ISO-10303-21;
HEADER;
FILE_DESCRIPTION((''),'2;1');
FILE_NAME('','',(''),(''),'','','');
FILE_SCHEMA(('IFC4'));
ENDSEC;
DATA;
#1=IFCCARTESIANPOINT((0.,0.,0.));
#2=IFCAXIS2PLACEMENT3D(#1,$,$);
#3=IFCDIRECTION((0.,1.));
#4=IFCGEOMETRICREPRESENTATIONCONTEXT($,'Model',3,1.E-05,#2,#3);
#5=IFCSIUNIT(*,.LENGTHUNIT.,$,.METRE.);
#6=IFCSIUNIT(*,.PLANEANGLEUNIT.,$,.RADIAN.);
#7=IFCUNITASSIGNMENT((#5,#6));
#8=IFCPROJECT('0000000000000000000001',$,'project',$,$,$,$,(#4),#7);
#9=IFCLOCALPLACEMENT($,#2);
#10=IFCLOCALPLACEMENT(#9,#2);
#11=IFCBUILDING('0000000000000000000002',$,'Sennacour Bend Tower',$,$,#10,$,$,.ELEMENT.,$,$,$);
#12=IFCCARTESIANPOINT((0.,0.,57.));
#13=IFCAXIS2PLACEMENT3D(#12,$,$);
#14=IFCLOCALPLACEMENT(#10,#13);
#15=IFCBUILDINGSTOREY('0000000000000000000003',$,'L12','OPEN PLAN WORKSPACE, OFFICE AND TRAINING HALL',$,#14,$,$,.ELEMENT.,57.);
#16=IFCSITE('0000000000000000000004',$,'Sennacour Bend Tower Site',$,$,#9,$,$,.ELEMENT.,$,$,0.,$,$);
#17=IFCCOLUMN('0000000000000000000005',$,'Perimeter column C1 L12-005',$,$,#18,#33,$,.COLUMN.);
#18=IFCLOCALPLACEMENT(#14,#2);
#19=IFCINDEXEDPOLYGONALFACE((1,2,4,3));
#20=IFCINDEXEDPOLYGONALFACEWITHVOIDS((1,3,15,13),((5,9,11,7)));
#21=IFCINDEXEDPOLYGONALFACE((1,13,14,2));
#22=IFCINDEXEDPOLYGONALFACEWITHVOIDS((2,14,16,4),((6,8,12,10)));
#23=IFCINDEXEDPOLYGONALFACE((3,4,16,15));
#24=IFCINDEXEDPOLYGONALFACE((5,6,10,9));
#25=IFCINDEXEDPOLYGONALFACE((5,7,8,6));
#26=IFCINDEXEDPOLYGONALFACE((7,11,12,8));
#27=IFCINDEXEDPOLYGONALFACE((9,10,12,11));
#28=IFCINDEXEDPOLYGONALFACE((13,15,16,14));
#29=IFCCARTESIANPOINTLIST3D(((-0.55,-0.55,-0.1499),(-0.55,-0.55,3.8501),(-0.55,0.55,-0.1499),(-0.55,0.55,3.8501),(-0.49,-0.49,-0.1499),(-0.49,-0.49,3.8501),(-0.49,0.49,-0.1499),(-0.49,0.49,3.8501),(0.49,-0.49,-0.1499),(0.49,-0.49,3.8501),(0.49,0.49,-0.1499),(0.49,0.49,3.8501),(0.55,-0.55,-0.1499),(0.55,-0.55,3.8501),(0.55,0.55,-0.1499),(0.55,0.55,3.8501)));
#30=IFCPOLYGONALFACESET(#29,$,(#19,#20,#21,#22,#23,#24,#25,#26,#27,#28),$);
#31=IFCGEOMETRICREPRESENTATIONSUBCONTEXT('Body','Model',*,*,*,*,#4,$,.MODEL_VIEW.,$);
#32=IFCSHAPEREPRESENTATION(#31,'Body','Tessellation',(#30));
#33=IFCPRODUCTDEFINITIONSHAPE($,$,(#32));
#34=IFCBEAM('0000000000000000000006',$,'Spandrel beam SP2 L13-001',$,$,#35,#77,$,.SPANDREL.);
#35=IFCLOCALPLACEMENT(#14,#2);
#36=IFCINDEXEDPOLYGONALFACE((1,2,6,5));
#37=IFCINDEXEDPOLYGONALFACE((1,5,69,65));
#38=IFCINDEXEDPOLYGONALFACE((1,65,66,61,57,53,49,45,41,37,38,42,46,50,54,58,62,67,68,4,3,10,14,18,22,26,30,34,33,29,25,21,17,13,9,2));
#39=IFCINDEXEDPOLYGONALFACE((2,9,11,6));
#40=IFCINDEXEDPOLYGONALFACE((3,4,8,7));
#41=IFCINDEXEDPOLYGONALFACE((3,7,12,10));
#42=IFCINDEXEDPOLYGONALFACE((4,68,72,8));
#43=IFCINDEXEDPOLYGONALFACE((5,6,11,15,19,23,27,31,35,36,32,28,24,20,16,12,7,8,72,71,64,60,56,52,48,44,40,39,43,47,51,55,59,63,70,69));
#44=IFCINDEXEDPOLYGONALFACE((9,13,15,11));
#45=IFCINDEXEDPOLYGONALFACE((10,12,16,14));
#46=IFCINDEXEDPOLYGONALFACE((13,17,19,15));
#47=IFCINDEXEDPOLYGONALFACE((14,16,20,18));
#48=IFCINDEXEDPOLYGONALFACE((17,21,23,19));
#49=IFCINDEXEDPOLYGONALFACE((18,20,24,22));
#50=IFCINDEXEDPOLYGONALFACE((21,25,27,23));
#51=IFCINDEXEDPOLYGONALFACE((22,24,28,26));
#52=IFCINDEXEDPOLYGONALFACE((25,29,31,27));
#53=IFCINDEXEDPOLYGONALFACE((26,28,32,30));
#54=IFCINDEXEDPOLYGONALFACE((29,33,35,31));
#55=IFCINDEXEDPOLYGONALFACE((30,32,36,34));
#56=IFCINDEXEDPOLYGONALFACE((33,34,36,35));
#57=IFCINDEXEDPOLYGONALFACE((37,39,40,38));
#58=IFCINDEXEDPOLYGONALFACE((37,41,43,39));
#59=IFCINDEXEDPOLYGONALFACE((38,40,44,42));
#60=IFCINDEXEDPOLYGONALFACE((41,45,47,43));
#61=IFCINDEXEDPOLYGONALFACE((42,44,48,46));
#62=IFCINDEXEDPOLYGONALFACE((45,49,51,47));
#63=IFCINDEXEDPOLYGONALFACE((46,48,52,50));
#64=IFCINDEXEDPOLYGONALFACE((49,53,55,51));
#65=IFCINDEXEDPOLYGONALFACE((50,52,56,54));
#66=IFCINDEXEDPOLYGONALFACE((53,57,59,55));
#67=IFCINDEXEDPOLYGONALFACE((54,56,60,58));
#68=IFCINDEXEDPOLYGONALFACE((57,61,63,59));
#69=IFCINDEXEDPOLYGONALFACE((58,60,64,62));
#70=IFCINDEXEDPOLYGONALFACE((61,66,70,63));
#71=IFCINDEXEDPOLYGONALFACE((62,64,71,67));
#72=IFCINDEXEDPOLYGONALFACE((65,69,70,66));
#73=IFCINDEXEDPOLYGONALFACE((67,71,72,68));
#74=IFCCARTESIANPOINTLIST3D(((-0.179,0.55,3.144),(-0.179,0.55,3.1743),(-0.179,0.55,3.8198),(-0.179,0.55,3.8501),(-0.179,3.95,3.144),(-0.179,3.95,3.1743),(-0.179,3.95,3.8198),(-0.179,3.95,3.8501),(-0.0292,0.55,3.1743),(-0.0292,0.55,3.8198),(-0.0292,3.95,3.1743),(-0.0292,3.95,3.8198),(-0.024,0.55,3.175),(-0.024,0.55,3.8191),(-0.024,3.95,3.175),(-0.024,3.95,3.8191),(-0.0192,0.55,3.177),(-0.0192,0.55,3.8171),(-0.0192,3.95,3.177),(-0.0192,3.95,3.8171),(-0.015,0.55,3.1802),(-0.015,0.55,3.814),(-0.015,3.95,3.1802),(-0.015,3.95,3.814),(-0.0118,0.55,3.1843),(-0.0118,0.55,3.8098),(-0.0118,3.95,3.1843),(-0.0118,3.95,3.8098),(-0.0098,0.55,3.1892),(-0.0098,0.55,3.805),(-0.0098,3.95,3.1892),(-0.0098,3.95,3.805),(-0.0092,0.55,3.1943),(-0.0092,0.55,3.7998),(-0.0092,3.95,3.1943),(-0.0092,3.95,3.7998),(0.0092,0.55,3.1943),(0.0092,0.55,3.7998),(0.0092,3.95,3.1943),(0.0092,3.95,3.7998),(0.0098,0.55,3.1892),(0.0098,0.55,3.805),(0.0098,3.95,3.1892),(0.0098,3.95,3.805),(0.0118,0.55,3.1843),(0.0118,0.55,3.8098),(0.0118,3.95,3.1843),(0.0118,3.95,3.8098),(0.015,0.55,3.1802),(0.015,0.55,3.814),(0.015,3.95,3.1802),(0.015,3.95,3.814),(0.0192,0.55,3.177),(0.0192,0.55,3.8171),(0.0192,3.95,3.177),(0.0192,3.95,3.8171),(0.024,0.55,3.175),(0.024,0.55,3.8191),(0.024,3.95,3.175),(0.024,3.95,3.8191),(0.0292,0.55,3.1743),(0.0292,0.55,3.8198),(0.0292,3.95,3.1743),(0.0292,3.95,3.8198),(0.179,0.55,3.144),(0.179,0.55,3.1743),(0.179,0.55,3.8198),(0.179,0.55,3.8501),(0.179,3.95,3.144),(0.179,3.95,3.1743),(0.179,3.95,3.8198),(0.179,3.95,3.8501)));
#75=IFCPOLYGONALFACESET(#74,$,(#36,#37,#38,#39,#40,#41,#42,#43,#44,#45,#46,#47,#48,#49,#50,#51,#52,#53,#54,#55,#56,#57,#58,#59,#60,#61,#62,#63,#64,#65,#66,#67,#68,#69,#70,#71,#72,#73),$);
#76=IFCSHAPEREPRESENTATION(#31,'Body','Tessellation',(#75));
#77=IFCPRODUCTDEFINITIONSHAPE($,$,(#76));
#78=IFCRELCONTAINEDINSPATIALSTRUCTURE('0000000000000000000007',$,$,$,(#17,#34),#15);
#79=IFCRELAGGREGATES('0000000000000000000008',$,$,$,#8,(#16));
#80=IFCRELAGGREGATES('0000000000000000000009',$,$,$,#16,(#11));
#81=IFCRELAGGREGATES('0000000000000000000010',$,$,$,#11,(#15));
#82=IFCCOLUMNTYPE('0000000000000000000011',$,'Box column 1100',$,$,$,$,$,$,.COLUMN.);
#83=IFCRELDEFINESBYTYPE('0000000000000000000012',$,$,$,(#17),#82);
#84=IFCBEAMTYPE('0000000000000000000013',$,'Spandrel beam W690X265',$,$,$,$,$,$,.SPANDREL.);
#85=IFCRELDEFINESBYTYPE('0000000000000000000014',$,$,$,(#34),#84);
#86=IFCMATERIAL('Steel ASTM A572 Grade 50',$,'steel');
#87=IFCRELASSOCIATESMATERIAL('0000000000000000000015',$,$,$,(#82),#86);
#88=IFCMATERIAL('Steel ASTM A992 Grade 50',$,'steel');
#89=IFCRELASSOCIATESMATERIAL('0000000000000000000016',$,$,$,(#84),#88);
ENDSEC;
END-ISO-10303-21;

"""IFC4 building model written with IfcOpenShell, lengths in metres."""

from ifc_helpers import new_model, si_unit, direction, frame, origin, origin_2d, place, context, subcontext, project, spatial, hollow_rectangle, i_section, extrude, material, material_profile, profile_set, type_object, element, save


model = new_model("IFC4")

# Units and contexts
model_context = context("Model", 3, precision=1e-05, world=origin(), true_north=direction((0.0, 1.0)))
body_context = subcontext(model_context, "Body", "Model", "MODEL_VIEW")
ifc_project = project(units=[si_unit("LENGTHUNIT", "METRE"), si_unit("PLANEANGLEUNIT", "RADIAN")], contexts=[model_context])

# Site, building, storey
site_placement = place(None, origin())
site = spatial("IfcSite", under=ifc_project, at=site_placement, Name="Sennacour Bend Tower Site", CompositionType="ELEMENT", RefElevation=0.0)
building_placement = place(site_placement, origin())
building = spatial("IfcBuilding", under=site, at=building_placement, Name="Sennacour Bend Tower", CompositionType="ELEMENT")
storey_placement = place(building_placement, frame((0.0, 0.0, 57.0)))
storey = spatial("IfcBuildingStorey", under=building, at=storey_placement, Name="L12", Description="OPEN PLAN WORKSPACE, OFFICE AND TRAINING HALL", CompositionType="ELEMENT", Elevation=57.0)

# Column
ifc_material_1 = material(Name="Steel ASTM A572 Grade 50", Category="steel")
ifc_material_profile_1 = material_profile(ifc_material_1, hollow_rectangle(XDim=1.1001, YDim=1.1001, WallThickness=0.0601, at=origin_2d()), Name="Steel ASTM A572 Grade 50", Category="steel")
ifc_profile_set_1 = profile_set([ifc_material_profile_1], Name="Steel ASTM A572 Grade 50")
column_type = type_object("IfcColumnType", Name="Box column 1100", PredefinedType="COLUMN", material=ifc_profile_set_1)
column_placement = place(storey_placement, frame((0.0, 0.0, -0.1499), z_axis=(0.0, 0.0, 1.0), x_axis=(1.0, 0.0, 0.0)))
element("IfcColumn", 1, at=column_placement, inside=storey, type_object=column_type, Name="Perimeter column C1 L12-005", PredefinedType="COLUMN", context=body_context, shape_type="SweptSolid", body=[
    extrude(hollow_rectangle(XDim=1.1001, YDim=1.1001, WallThickness=0.0601, at=origin_2d()), origin(), (0.0, 0.0, 1.0), 4.0),
])

# Beam
ifc_material_2 = material(Name="Steel ASTM A992 Grade 50", Category="steel")
ifc_material_profile_2 = material_profile(ifc_material_2, i_section(OverallWidth=0.3579, OverallDepth=0.7061, WebThickness=0.0183, FlangeThickness=0.0303, FilletRadius=0.02, at=origin_2d()), Name="Steel ASTM A992 Grade 50", Category="steel")
ifc_profile_set_2 = profile_set([ifc_material_profile_2], Name="Steel ASTM A992 Grade 50")
beam_type = type_object("IfcBeamType", Name="Spandrel beam W690X265", PredefinedType="SPANDREL", material=ifc_profile_set_2)
beam_placement = place(storey_placement, frame((0.0, 0.55, 3.4971), z_axis=(0.0, 1.0, 0.0), x_axis=(-1.0, 0.0, 0.0)))
element("IfcBeam", 2, at=beam_placement, inside=storey, type_object=beam_type, Name="Spandrel beam SP2 L13-001", PredefinedType="SPANDREL", context=body_context, shape_type="SweptSolid", body=[
    extrude(i_section(OverallWidth=0.3579, OverallDepth=0.7061, WebThickness=0.0183, FlangeThickness=0.0303, FilletRadius=0.02, at=origin_2d()), origin(), (0.0, 0.0, 1.0), 3.3999),
])

save(model, "model.ifc")
